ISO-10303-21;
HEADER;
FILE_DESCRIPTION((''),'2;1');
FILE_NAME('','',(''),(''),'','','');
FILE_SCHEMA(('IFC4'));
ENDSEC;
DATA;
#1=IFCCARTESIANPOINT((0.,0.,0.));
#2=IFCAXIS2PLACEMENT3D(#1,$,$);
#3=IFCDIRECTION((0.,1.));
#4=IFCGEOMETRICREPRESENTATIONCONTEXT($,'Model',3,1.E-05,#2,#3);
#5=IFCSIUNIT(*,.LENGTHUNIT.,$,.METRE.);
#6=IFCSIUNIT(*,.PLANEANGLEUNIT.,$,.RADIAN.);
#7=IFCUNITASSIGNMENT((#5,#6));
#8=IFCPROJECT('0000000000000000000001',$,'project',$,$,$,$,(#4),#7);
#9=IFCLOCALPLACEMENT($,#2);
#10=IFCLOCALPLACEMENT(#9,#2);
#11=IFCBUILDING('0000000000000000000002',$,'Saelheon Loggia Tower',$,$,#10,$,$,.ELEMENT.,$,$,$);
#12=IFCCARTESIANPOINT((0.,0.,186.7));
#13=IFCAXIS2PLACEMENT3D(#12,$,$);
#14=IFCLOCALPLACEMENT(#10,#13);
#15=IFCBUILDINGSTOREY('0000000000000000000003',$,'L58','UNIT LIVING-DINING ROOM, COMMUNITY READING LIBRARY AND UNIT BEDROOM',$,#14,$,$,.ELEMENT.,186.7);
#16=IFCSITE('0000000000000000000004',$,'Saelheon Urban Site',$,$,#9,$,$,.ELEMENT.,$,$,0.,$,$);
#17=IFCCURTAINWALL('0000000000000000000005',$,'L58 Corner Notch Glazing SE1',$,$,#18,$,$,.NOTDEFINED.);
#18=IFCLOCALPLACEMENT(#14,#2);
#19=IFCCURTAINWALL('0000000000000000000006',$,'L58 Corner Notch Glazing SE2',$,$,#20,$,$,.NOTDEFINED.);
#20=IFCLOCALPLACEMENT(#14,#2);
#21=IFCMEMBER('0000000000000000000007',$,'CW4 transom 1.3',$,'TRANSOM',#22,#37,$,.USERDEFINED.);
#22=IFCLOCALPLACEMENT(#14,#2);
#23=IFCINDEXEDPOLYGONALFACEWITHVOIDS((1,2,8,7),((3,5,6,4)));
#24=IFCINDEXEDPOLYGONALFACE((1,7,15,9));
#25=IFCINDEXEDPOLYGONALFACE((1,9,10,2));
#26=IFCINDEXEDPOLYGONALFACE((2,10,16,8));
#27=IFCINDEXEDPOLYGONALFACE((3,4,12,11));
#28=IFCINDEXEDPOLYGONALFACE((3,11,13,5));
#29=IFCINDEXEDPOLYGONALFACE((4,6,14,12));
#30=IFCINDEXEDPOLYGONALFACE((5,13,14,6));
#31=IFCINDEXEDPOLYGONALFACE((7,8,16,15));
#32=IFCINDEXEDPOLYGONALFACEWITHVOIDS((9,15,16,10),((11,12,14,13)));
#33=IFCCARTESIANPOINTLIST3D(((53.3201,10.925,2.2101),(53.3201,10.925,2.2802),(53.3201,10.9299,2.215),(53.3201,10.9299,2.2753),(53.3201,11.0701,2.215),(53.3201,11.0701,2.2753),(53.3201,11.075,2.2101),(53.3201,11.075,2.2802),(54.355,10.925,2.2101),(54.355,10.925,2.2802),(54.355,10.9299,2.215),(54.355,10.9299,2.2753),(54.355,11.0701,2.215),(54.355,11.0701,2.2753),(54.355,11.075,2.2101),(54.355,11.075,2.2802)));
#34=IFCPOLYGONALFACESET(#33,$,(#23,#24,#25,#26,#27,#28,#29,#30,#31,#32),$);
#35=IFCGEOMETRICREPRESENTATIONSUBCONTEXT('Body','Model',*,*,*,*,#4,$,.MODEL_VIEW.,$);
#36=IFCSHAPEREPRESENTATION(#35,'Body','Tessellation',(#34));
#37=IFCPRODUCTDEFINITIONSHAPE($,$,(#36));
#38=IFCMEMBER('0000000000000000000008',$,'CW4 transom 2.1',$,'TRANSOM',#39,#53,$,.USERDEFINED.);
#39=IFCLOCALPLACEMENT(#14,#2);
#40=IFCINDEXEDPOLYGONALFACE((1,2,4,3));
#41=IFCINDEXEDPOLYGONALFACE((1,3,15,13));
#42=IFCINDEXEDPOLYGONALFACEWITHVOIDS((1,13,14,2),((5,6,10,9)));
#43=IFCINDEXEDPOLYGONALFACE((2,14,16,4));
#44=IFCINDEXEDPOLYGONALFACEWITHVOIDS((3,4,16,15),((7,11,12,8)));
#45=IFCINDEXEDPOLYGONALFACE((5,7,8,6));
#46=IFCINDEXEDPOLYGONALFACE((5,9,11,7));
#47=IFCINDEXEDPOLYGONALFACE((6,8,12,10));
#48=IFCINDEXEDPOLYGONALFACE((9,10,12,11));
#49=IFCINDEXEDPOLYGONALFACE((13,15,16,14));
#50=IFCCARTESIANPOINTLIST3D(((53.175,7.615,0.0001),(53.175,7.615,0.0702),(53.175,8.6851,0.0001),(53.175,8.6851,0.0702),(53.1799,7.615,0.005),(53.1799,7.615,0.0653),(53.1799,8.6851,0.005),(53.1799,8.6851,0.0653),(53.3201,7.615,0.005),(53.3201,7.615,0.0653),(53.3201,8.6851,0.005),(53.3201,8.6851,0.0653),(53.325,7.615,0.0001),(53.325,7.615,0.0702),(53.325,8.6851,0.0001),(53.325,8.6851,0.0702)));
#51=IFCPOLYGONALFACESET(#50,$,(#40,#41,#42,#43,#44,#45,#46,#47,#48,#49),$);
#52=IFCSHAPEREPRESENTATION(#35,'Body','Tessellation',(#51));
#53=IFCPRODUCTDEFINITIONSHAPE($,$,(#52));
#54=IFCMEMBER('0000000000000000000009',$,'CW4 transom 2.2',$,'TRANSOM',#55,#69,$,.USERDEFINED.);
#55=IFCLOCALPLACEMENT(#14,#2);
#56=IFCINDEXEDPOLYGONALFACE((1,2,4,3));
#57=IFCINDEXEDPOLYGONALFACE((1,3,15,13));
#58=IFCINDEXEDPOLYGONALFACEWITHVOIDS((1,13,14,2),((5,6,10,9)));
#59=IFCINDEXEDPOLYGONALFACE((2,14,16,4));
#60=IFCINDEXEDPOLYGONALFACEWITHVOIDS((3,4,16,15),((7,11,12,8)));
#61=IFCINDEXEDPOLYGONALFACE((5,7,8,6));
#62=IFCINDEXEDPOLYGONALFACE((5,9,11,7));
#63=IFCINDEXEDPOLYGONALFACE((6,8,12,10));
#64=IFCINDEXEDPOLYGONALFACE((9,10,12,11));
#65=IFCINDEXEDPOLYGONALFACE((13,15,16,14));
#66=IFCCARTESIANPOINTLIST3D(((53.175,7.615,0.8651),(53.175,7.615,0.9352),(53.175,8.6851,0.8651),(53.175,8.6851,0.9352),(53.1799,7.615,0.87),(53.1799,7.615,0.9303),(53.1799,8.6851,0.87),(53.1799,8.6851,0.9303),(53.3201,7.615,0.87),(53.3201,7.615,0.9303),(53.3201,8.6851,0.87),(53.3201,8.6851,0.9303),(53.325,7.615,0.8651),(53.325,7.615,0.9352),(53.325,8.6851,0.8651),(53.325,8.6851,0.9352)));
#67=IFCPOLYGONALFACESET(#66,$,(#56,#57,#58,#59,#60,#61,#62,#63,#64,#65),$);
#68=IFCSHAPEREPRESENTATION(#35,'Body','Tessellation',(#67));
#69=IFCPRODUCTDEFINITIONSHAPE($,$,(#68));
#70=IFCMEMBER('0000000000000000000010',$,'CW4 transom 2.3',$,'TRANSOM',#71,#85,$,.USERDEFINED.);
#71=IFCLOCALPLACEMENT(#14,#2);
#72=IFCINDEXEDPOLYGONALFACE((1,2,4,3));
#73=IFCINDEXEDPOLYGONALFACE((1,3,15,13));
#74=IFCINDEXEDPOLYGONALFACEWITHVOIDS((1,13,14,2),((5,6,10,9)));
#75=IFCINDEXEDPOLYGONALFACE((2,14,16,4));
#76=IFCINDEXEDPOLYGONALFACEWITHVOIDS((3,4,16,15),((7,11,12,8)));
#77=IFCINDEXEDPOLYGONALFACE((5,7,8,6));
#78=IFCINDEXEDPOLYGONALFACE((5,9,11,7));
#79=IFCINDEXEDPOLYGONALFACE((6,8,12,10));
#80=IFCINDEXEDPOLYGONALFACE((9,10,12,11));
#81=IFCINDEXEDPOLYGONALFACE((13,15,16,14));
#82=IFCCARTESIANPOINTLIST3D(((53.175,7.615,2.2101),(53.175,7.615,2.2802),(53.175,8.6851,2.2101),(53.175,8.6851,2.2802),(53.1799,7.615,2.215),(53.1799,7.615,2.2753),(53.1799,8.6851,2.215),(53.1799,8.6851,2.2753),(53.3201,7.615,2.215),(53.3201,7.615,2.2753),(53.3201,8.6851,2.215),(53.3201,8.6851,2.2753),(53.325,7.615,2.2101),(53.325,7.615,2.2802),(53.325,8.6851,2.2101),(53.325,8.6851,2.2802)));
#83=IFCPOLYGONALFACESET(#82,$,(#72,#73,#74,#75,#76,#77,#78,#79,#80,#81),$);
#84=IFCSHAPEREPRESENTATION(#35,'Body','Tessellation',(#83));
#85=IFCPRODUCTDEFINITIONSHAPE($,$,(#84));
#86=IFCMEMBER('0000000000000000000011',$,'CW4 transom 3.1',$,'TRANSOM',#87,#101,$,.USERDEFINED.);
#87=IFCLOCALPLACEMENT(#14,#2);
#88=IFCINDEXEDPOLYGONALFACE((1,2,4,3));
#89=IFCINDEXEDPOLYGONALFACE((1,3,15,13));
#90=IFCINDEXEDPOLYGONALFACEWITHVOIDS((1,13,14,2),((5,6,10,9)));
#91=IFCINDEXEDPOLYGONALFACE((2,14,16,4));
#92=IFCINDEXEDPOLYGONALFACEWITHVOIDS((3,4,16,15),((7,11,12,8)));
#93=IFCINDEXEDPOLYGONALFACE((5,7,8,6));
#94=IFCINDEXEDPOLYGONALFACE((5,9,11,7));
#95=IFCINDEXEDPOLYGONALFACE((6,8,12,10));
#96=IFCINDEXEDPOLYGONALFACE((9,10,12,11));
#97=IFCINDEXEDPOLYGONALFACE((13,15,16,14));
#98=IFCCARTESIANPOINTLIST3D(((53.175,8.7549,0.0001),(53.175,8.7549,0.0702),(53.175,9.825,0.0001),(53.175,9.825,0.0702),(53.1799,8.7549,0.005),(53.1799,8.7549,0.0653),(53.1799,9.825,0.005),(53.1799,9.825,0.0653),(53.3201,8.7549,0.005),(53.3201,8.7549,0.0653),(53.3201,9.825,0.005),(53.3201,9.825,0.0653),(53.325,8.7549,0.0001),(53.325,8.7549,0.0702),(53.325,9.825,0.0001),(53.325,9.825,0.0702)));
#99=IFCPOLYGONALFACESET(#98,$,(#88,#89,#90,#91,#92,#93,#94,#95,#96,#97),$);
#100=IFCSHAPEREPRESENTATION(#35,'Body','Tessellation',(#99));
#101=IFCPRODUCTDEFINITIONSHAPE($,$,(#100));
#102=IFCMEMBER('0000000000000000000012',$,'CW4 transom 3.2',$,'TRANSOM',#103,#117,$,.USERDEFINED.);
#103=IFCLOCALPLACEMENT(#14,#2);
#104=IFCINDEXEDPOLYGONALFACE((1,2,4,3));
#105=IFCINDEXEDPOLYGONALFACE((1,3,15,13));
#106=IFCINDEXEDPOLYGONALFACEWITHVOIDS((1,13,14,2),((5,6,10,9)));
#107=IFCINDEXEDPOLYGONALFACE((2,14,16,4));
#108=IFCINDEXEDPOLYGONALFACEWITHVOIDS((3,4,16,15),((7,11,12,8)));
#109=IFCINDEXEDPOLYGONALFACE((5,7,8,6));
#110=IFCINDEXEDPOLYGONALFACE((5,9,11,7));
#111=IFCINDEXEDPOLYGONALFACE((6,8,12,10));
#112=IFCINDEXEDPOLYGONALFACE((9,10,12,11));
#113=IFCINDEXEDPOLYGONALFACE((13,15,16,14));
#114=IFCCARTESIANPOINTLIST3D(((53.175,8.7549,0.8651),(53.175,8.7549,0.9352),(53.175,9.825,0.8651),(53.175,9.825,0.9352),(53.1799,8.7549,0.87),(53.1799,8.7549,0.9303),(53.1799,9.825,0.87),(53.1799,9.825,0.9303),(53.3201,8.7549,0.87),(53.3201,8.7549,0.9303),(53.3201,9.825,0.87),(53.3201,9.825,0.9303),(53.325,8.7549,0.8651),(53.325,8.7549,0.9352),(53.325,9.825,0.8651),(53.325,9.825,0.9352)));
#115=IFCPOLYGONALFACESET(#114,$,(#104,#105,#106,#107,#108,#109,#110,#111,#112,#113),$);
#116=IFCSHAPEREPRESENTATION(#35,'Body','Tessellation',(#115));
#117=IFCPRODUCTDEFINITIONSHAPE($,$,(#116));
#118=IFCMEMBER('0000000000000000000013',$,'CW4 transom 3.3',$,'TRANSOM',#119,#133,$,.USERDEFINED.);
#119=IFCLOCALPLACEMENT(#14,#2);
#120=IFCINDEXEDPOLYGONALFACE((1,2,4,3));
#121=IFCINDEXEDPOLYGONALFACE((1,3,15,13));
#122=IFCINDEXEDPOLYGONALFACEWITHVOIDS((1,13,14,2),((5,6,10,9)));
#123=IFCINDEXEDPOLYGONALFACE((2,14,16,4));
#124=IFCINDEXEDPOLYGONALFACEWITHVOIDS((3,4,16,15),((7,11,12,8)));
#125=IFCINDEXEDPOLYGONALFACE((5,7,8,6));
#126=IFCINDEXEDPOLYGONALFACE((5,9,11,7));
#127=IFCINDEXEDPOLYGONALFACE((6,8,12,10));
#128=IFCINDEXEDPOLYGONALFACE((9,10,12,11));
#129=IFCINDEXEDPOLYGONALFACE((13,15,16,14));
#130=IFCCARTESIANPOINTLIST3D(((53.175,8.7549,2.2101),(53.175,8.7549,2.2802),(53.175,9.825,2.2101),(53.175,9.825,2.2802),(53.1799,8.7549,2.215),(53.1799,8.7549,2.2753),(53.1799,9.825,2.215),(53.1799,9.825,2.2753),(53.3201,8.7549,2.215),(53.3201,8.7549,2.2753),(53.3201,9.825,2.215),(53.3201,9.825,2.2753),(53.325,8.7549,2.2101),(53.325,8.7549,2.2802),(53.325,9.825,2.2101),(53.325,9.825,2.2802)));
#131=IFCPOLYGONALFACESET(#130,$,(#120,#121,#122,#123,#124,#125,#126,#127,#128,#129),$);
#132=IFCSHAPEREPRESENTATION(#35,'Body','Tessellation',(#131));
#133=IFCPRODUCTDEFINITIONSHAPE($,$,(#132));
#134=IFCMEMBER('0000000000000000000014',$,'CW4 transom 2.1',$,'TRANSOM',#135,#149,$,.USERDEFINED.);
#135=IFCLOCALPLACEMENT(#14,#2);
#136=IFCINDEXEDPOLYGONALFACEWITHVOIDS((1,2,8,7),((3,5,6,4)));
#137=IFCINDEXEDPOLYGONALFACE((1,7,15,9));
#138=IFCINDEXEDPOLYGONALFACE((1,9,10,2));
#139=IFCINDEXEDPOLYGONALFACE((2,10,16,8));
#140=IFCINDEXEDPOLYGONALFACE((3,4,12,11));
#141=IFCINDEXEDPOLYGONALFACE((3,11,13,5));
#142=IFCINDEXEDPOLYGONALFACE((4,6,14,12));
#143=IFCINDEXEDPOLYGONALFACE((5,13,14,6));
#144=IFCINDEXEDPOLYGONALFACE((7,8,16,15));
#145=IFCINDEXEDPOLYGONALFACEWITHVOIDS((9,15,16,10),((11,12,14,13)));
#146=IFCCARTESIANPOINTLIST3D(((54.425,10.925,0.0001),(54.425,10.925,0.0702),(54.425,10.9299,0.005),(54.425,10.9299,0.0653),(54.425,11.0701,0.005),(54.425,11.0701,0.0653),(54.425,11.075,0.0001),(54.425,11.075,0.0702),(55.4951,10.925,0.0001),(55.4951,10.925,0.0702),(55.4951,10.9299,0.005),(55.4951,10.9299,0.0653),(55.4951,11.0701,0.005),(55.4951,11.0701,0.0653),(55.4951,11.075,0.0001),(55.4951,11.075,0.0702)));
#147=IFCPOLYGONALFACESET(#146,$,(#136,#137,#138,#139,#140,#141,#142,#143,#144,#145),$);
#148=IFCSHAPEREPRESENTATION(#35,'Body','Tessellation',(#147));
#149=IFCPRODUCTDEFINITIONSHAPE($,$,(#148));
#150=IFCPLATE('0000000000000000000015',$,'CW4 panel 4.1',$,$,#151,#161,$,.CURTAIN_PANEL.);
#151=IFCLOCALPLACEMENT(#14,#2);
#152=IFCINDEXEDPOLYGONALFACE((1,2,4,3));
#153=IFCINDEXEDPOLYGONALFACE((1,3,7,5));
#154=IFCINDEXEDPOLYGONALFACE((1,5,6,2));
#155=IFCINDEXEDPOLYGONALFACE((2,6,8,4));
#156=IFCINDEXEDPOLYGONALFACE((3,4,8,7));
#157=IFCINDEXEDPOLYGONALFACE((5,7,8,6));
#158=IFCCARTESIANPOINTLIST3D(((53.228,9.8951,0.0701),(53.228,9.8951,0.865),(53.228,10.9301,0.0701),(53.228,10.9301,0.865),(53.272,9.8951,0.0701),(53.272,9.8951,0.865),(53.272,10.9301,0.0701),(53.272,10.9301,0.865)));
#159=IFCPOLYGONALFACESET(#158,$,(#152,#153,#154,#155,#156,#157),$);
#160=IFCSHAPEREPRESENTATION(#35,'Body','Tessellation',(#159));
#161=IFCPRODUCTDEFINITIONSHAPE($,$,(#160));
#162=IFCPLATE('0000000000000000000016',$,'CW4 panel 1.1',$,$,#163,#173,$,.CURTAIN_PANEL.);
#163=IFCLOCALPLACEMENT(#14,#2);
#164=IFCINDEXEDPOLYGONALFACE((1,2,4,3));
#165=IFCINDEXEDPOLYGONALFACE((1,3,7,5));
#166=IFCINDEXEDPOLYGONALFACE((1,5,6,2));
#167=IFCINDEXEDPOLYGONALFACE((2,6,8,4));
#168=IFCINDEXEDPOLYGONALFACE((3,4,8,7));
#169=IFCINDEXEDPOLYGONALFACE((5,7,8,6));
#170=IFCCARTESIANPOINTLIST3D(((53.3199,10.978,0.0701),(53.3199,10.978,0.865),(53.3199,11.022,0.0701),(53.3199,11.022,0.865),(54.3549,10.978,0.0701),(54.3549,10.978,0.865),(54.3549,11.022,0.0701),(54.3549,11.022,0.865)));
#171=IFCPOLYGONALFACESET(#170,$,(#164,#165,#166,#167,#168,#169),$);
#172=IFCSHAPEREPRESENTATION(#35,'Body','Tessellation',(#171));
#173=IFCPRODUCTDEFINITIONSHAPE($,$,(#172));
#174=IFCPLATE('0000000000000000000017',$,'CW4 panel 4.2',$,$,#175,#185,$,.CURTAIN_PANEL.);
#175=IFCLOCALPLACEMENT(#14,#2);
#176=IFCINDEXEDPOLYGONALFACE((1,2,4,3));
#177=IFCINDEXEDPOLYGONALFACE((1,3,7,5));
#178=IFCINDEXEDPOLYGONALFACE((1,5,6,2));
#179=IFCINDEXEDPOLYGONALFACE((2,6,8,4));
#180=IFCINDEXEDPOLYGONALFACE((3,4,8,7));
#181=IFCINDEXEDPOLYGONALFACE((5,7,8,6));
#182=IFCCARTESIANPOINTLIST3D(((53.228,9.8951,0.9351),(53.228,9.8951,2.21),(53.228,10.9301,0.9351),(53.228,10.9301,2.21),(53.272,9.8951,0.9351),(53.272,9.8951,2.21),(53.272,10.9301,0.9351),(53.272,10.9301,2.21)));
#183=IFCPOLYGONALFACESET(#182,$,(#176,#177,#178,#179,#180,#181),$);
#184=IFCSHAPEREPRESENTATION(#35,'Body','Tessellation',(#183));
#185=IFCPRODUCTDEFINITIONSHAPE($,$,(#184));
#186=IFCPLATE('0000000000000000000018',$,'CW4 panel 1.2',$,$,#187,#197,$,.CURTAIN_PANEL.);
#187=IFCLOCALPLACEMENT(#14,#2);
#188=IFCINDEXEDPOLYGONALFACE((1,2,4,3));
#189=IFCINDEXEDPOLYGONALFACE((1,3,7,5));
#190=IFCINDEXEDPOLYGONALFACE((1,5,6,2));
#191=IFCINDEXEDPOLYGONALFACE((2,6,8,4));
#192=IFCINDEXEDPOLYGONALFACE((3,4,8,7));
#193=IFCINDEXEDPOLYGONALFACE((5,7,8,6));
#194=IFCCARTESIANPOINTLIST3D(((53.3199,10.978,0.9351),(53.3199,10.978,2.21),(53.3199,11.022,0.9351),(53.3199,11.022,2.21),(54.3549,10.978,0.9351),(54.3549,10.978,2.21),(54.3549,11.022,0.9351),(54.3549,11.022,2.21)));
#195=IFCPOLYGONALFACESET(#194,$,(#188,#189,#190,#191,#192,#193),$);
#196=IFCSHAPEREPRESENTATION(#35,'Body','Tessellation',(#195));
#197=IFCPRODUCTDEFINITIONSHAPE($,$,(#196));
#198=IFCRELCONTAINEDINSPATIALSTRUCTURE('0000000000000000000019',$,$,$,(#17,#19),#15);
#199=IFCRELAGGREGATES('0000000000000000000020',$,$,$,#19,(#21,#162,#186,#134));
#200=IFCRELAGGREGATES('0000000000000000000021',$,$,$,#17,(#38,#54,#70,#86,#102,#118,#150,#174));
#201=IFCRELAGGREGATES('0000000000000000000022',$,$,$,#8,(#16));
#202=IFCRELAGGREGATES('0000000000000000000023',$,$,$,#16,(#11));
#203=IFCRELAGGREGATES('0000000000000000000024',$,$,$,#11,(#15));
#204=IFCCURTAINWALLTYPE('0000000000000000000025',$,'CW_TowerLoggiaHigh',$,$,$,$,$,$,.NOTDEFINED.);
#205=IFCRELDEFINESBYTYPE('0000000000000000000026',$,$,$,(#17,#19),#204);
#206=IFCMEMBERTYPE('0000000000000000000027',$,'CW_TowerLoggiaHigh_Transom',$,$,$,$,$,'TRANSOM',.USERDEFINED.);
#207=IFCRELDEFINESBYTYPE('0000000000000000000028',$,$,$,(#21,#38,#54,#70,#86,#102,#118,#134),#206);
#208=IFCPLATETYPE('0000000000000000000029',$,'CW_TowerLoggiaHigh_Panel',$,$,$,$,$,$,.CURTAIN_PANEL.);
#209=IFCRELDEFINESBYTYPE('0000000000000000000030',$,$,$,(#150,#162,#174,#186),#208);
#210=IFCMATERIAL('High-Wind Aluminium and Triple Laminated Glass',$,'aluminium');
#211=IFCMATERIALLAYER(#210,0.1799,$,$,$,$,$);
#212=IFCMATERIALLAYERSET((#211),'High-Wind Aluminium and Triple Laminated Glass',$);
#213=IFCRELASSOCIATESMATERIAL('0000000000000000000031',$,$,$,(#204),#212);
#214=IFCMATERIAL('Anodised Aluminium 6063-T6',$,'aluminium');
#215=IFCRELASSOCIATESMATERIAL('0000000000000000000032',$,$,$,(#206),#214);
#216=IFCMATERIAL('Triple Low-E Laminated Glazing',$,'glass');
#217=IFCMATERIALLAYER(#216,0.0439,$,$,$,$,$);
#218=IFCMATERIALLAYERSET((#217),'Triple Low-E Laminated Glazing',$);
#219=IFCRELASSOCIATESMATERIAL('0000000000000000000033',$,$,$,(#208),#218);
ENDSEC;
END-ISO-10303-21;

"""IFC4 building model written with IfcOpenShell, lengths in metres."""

from ifc_helpers import new_model, si_unit, direction, frame, origin, origin_2d, place, context, subcontext, project, spatial, rectangle, hollow_rectangle, extrude, source, transform, mapped, material, layer, layer_set, material_profile, profile_set, type_object, element, aggregate, save


model = new_model("IFC4")

# Units and contexts
model_context = context("Model", 3, precision=1e-05, world=origin(), true_north=direction((0.0, 1.0)))
body_context = subcontext(model_context, "Body", "Model", "MODEL_VIEW")
ifc_project = project(units=[si_unit("LENGTHUNIT", "METRE"), si_unit("PLANEANGLEUNIT", "RADIAN")], contexts=[model_context])

# Site, building, storey
site_placement = place(None, origin())
site = spatial("IfcSite", under=ifc_project, at=site_placement, Name="Saelheon Urban Site", CompositionType="ELEMENT", RefElevation=0.0)
building_placement = place(site_placement, origin())
building = spatial("IfcBuilding", under=site, at=building_placement, Name="Saelheon Loggia Tower", CompositionType="ELEMENT")
storey_placement = place(building_placement, frame((0.0, 0.0, 186.7)))
storey = spatial("IfcBuildingStorey", under=building, at=storey_placement, Name="L58", Description="UNIT LIVING-DINING ROOM, COMMUNITY READING LIBRARY AND UNIT BEDROOM", CompositionType="ELEMENT", Elevation=186.7)

# Curtain walls
ifc_material_1 = material(Name="High-Wind Aluminium and Triple Laminated Glass", Category="aluminium")
ifc_layer_1 = layer(ifc_material_1, 0.1799)
ifc_layer_set_1 = layer_set([ifc_layer_1], Name="High-Wind Aluminium and Triple Laminated Glass")
curtain_wall_type = type_object("IfcCurtainWallType", Name="CW_TowerLoggiaHigh", PredefinedType="NOTDEFINED", material=ifc_layer_set_1)
curtain_wall_1_placement = place(storey_placement, origin())
curtain_wall_1 = element("IfcCurtainWall", 1, at=curtain_wall_1_placement, inside=storey, type_object=curtain_wall_type, Name="L58 Corner Notch Glazing SE1", PredefinedType="NOTDEFINED")
ifc_material_2 = material(Name="Anodised Aluminium 6063-T6", Category="aluminium")
curtain_wall_2_placement = place(storey_placement, origin())
curtain_wall_2 = element("IfcCurtainWall", 2, at=curtain_wall_2_placement, inside=storey, type_object=curtain_wall_type, Name="L58 Corner Notch Glazing SE2", PredefinedType="NOTDEFINED")

# Members
ifc_material_profile_1 = material_profile(ifc_material_2, hollow_rectangle(XDim=0.0701, YDim=0.1499, WallThickness=0.0049, at=origin_2d()), Name="RHS-150x70x5")
ifc_profile_set_1 = profile_set([ifc_material_profile_1], Name="Anodised Aluminium 6063-T6")
member_type_1 = type_object("IfcMemberType", Name="CW_TowerLoggiaHigh_Transom", ElementType="TRANSOM", PredefinedType="USERDEFINED", material=ifc_profile_set_1)
shared_shape_1 = source(origin(), body_context, "Body", "SweptSolid", [
    extrude(hollow_rectangle(XDim=0.0701, YDim=0.1499, WallThickness=0.0049, at=origin_2d()), origin(), (0.0, 0.0, 1.0), 1.0349),
])
member_1_placement = place(storey_placement, frame((53.3201, 11.0, 2.2451), z_axis=(1.0, 0.0, 0.0), x_axis=(0.0, 0.0, 1.0)))
member_1 = element("IfcMember", 3, at=member_1_placement, type_object=member_type_1, Name="CW4 transom 1.3", ObjectType="TRANSOM", PredefinedType="USERDEFINED", context=body_context, shape_type="MappedRepresentation", body=[
    mapped(shared_shape_1, transform((0.0, 0.0, 0.0), scale=1.0)),
])
shared_shape_2 = source(origin(), body_context, "Body", "SweptSolid", [
    extrude(hollow_rectangle(XDim=0.0701, YDim=0.1499, WallThickness=0.0049, at=origin_2d()), origin(), (0.0, 0.0, 1.0), 1.0701),
])
member_2_placement = place(storey_placement, frame((53.25, 7.615, 0.0352), z_axis=(0.0, 1.0, 0.0), x_axis=(0.0, 0.0, 1.0)))
member_2 = element("IfcMember", 4, at=member_2_placement, type_object=member_type_1, Name="CW4 transom 2.1", ObjectType="TRANSOM", PredefinedType="USERDEFINED", context=body_context, shape_type="MappedRepresentation", body=[
    mapped(shared_shape_2, transform((0.0, 0.0, 0.0), scale=1.0)),
])
member_3_placement = place(storey_placement, frame((53.25, 7.615, 0.9001), z_axis=(0.0, 1.0, 0.0), x_axis=(0.0, 0.0, 1.0)))
member_3 = element("IfcMember", 5, at=member_3_placement, type_object=member_type_1, Name="CW4 transom 2.2", ObjectType="TRANSOM", PredefinedType="USERDEFINED", context=body_context, shape_type="MappedRepresentation", body=[
    mapped(shared_shape_2, transform((0.0, 0.0, 0.0), scale=1.0)),
])
member_4_placement = place(storey_placement, frame((53.25, 7.615, 2.2451), z_axis=(0.0, 1.0, 0.0), x_axis=(0.0, 0.0, 1.0)))
member_4 = element("IfcMember", 6, at=member_4_placement, type_object=member_type_1, Name="CW4 transom 2.3", ObjectType="TRANSOM", PredefinedType="USERDEFINED", context=body_context, shape_type="MappedRepresentation", body=[
    mapped(shared_shape_2, transform((0.0, 0.0, 0.0), scale=1.0)),
])
member_5_placement = place(storey_placement, frame((53.25, 8.7549, 0.0352), z_axis=(0.0, 1.0, 0.0), x_axis=(0.0, 0.0, 1.0)))
member_5 = element("IfcMember", 7, at=member_5_placement, type_object=member_type_1, Name="CW4 transom 3.1", ObjectType="TRANSOM", PredefinedType="USERDEFINED", context=body_context, shape_type="MappedRepresentation", body=[
    mapped(shared_shape_2, transform((0.0, 0.0, 0.0), scale=1.0)),
])
member_6_placement = place(storey_placement, frame((53.25, 8.7549, 0.9001), z_axis=(0.0, 1.0, 0.0), x_axis=(0.0, 0.0, 1.0)))
member_6 = element("IfcMember", 8, at=member_6_placement, type_object=member_type_1, Name="CW4 transom 3.2", ObjectType="TRANSOM", PredefinedType="USERDEFINED", context=body_context, shape_type="MappedRepresentation", body=[
    mapped(shared_shape_2, transform((0.0, 0.0, 0.0), scale=1.0)),
])
member_7_placement = place(storey_placement, frame((53.25, 8.7549, 2.2451), z_axis=(0.0, 1.0, 0.0), x_axis=(0.0, 0.0, 1.0)))
member_7 = element("IfcMember", 9, at=member_7_placement, type_object=member_type_1, Name="CW4 transom 3.3", ObjectType="TRANSOM", PredefinedType="USERDEFINED", context=body_context, shape_type="MappedRepresentation", body=[
    mapped(shared_shape_2, transform((0.0, 0.0, 0.0), scale=1.0)),
])
member_8_placement = place(storey_placement, frame((54.425, 11.0, 0.0352), z_axis=(1.0, 0.0, 0.0), x_axis=(0.0, 0.0, 1.0)))
member_8 = element("IfcMember", 10, at=member_8_placement, type_object=member_type_1, Name="CW4 transom 2.1", ObjectType="TRANSOM", PredefinedType="USERDEFINED", context=body_context, shape_type="MappedRepresentation", body=[
    mapped(shared_shape_2, transform((0.0, 0.0, 0.0), scale=1.0)),
])

# Plates
ifc_material_3 = material(Name="Triple Low-E Laminated Glazing", Category="glass")
ifc_layer_2 = layer(ifc_material_3, 0.0439)
ifc_layer_set_2 = layer_set([ifc_layer_2], Name="Triple Low-E Laminated Glazing")
plate_type = type_object("IfcPlateType", Name="CW_TowerLoggiaHigh_Panel", PredefinedType="CURTAIN_PANEL", material=ifc_layer_set_2)
shared_shape_3 = source(origin(), body_context, "Body", "SweptSolid", [
    extrude(rectangle(XDim=1.0349, YDim=0.0439, at=origin_2d()), origin(), (0.0, 0.0, 1.0), 0.7949),
])
plate_1_placement = place(storey_placement, frame((53.25, 10.4126, 0.0701), z_axis=(0.0, 0.0, 1.0), x_axis=(0.0, 1.0, 0.0)))
plate_1 = element("IfcPlate", 11, at=plate_1_placement, type_object=plate_type, Name="CW4 panel 4.1", PredefinedType="CURTAIN_PANEL", context=body_context, shape_type="MappedRepresentation", body=[
    mapped(shared_shape_3, transform((0.0, 0.0, 0.0), scale=1.0)),
])
plate_2_placement = place(storey_placement, frame((53.8374, 11.0, 0.0701), z_axis=(0.0, 0.0, 1.0), x_axis=(1.0, 0.0, 0.0)))
plate_2 = element("IfcPlate", 12, at=plate_2_placement, type_object=plate_type, Name="CW4 panel 1.1", PredefinedType="CURTAIN_PANEL", context=body_context, shape_type="MappedRepresentation", body=[
    mapped(shared_shape_3, transform((0.0, 0.0, 0.0), scale=1.0)),
])
shared_shape_4 = source(origin(), body_context, "Body", "SweptSolid", [
    extrude(rectangle(XDim=1.0349, YDim=0.0439, at=origin_2d()), origin(), (0.0, 0.0, 1.0), 1.2749),
])
plate_3_placement = place(storey_placement, frame((53.25, 10.4126, 0.9351), z_axis=(0.0, 0.0, 1.0), x_axis=(0.0, 1.0, 0.0)))
plate_3 = element("IfcPlate", 13, at=plate_3_placement, type_object=plate_type, Name="CW4 panel 4.2", PredefinedType="CURTAIN_PANEL", context=body_context, shape_type="MappedRepresentation", body=[
    mapped(shared_shape_4, transform((0.0, 0.0, 0.0), scale=1.0)),
])
plate_4_placement = place(storey_placement, frame((53.8374, 11.0, 0.9351), z_axis=(0.0, 0.0, 1.0), x_axis=(1.0, 0.0, 0.0)))
plate_4 = element("IfcPlate", 14, at=plate_4_placement, type_object=plate_type, Name="CW4 panel 1.2", PredefinedType="CURTAIN_PANEL", context=body_context, shape_type="MappedRepresentation", body=[
    mapped(shared_shape_4, transform((0.0, 0.0, 0.0), scale=1.0)),
])
aggregate(curtain_wall_2, [member_1, plate_2, plate_4, member_8])
aggregate(curtain_wall_1, [member_2, member_3, member_4, member_5, member_6, member_7, plate_1, plate_3])

save(model, "model.ifc")
